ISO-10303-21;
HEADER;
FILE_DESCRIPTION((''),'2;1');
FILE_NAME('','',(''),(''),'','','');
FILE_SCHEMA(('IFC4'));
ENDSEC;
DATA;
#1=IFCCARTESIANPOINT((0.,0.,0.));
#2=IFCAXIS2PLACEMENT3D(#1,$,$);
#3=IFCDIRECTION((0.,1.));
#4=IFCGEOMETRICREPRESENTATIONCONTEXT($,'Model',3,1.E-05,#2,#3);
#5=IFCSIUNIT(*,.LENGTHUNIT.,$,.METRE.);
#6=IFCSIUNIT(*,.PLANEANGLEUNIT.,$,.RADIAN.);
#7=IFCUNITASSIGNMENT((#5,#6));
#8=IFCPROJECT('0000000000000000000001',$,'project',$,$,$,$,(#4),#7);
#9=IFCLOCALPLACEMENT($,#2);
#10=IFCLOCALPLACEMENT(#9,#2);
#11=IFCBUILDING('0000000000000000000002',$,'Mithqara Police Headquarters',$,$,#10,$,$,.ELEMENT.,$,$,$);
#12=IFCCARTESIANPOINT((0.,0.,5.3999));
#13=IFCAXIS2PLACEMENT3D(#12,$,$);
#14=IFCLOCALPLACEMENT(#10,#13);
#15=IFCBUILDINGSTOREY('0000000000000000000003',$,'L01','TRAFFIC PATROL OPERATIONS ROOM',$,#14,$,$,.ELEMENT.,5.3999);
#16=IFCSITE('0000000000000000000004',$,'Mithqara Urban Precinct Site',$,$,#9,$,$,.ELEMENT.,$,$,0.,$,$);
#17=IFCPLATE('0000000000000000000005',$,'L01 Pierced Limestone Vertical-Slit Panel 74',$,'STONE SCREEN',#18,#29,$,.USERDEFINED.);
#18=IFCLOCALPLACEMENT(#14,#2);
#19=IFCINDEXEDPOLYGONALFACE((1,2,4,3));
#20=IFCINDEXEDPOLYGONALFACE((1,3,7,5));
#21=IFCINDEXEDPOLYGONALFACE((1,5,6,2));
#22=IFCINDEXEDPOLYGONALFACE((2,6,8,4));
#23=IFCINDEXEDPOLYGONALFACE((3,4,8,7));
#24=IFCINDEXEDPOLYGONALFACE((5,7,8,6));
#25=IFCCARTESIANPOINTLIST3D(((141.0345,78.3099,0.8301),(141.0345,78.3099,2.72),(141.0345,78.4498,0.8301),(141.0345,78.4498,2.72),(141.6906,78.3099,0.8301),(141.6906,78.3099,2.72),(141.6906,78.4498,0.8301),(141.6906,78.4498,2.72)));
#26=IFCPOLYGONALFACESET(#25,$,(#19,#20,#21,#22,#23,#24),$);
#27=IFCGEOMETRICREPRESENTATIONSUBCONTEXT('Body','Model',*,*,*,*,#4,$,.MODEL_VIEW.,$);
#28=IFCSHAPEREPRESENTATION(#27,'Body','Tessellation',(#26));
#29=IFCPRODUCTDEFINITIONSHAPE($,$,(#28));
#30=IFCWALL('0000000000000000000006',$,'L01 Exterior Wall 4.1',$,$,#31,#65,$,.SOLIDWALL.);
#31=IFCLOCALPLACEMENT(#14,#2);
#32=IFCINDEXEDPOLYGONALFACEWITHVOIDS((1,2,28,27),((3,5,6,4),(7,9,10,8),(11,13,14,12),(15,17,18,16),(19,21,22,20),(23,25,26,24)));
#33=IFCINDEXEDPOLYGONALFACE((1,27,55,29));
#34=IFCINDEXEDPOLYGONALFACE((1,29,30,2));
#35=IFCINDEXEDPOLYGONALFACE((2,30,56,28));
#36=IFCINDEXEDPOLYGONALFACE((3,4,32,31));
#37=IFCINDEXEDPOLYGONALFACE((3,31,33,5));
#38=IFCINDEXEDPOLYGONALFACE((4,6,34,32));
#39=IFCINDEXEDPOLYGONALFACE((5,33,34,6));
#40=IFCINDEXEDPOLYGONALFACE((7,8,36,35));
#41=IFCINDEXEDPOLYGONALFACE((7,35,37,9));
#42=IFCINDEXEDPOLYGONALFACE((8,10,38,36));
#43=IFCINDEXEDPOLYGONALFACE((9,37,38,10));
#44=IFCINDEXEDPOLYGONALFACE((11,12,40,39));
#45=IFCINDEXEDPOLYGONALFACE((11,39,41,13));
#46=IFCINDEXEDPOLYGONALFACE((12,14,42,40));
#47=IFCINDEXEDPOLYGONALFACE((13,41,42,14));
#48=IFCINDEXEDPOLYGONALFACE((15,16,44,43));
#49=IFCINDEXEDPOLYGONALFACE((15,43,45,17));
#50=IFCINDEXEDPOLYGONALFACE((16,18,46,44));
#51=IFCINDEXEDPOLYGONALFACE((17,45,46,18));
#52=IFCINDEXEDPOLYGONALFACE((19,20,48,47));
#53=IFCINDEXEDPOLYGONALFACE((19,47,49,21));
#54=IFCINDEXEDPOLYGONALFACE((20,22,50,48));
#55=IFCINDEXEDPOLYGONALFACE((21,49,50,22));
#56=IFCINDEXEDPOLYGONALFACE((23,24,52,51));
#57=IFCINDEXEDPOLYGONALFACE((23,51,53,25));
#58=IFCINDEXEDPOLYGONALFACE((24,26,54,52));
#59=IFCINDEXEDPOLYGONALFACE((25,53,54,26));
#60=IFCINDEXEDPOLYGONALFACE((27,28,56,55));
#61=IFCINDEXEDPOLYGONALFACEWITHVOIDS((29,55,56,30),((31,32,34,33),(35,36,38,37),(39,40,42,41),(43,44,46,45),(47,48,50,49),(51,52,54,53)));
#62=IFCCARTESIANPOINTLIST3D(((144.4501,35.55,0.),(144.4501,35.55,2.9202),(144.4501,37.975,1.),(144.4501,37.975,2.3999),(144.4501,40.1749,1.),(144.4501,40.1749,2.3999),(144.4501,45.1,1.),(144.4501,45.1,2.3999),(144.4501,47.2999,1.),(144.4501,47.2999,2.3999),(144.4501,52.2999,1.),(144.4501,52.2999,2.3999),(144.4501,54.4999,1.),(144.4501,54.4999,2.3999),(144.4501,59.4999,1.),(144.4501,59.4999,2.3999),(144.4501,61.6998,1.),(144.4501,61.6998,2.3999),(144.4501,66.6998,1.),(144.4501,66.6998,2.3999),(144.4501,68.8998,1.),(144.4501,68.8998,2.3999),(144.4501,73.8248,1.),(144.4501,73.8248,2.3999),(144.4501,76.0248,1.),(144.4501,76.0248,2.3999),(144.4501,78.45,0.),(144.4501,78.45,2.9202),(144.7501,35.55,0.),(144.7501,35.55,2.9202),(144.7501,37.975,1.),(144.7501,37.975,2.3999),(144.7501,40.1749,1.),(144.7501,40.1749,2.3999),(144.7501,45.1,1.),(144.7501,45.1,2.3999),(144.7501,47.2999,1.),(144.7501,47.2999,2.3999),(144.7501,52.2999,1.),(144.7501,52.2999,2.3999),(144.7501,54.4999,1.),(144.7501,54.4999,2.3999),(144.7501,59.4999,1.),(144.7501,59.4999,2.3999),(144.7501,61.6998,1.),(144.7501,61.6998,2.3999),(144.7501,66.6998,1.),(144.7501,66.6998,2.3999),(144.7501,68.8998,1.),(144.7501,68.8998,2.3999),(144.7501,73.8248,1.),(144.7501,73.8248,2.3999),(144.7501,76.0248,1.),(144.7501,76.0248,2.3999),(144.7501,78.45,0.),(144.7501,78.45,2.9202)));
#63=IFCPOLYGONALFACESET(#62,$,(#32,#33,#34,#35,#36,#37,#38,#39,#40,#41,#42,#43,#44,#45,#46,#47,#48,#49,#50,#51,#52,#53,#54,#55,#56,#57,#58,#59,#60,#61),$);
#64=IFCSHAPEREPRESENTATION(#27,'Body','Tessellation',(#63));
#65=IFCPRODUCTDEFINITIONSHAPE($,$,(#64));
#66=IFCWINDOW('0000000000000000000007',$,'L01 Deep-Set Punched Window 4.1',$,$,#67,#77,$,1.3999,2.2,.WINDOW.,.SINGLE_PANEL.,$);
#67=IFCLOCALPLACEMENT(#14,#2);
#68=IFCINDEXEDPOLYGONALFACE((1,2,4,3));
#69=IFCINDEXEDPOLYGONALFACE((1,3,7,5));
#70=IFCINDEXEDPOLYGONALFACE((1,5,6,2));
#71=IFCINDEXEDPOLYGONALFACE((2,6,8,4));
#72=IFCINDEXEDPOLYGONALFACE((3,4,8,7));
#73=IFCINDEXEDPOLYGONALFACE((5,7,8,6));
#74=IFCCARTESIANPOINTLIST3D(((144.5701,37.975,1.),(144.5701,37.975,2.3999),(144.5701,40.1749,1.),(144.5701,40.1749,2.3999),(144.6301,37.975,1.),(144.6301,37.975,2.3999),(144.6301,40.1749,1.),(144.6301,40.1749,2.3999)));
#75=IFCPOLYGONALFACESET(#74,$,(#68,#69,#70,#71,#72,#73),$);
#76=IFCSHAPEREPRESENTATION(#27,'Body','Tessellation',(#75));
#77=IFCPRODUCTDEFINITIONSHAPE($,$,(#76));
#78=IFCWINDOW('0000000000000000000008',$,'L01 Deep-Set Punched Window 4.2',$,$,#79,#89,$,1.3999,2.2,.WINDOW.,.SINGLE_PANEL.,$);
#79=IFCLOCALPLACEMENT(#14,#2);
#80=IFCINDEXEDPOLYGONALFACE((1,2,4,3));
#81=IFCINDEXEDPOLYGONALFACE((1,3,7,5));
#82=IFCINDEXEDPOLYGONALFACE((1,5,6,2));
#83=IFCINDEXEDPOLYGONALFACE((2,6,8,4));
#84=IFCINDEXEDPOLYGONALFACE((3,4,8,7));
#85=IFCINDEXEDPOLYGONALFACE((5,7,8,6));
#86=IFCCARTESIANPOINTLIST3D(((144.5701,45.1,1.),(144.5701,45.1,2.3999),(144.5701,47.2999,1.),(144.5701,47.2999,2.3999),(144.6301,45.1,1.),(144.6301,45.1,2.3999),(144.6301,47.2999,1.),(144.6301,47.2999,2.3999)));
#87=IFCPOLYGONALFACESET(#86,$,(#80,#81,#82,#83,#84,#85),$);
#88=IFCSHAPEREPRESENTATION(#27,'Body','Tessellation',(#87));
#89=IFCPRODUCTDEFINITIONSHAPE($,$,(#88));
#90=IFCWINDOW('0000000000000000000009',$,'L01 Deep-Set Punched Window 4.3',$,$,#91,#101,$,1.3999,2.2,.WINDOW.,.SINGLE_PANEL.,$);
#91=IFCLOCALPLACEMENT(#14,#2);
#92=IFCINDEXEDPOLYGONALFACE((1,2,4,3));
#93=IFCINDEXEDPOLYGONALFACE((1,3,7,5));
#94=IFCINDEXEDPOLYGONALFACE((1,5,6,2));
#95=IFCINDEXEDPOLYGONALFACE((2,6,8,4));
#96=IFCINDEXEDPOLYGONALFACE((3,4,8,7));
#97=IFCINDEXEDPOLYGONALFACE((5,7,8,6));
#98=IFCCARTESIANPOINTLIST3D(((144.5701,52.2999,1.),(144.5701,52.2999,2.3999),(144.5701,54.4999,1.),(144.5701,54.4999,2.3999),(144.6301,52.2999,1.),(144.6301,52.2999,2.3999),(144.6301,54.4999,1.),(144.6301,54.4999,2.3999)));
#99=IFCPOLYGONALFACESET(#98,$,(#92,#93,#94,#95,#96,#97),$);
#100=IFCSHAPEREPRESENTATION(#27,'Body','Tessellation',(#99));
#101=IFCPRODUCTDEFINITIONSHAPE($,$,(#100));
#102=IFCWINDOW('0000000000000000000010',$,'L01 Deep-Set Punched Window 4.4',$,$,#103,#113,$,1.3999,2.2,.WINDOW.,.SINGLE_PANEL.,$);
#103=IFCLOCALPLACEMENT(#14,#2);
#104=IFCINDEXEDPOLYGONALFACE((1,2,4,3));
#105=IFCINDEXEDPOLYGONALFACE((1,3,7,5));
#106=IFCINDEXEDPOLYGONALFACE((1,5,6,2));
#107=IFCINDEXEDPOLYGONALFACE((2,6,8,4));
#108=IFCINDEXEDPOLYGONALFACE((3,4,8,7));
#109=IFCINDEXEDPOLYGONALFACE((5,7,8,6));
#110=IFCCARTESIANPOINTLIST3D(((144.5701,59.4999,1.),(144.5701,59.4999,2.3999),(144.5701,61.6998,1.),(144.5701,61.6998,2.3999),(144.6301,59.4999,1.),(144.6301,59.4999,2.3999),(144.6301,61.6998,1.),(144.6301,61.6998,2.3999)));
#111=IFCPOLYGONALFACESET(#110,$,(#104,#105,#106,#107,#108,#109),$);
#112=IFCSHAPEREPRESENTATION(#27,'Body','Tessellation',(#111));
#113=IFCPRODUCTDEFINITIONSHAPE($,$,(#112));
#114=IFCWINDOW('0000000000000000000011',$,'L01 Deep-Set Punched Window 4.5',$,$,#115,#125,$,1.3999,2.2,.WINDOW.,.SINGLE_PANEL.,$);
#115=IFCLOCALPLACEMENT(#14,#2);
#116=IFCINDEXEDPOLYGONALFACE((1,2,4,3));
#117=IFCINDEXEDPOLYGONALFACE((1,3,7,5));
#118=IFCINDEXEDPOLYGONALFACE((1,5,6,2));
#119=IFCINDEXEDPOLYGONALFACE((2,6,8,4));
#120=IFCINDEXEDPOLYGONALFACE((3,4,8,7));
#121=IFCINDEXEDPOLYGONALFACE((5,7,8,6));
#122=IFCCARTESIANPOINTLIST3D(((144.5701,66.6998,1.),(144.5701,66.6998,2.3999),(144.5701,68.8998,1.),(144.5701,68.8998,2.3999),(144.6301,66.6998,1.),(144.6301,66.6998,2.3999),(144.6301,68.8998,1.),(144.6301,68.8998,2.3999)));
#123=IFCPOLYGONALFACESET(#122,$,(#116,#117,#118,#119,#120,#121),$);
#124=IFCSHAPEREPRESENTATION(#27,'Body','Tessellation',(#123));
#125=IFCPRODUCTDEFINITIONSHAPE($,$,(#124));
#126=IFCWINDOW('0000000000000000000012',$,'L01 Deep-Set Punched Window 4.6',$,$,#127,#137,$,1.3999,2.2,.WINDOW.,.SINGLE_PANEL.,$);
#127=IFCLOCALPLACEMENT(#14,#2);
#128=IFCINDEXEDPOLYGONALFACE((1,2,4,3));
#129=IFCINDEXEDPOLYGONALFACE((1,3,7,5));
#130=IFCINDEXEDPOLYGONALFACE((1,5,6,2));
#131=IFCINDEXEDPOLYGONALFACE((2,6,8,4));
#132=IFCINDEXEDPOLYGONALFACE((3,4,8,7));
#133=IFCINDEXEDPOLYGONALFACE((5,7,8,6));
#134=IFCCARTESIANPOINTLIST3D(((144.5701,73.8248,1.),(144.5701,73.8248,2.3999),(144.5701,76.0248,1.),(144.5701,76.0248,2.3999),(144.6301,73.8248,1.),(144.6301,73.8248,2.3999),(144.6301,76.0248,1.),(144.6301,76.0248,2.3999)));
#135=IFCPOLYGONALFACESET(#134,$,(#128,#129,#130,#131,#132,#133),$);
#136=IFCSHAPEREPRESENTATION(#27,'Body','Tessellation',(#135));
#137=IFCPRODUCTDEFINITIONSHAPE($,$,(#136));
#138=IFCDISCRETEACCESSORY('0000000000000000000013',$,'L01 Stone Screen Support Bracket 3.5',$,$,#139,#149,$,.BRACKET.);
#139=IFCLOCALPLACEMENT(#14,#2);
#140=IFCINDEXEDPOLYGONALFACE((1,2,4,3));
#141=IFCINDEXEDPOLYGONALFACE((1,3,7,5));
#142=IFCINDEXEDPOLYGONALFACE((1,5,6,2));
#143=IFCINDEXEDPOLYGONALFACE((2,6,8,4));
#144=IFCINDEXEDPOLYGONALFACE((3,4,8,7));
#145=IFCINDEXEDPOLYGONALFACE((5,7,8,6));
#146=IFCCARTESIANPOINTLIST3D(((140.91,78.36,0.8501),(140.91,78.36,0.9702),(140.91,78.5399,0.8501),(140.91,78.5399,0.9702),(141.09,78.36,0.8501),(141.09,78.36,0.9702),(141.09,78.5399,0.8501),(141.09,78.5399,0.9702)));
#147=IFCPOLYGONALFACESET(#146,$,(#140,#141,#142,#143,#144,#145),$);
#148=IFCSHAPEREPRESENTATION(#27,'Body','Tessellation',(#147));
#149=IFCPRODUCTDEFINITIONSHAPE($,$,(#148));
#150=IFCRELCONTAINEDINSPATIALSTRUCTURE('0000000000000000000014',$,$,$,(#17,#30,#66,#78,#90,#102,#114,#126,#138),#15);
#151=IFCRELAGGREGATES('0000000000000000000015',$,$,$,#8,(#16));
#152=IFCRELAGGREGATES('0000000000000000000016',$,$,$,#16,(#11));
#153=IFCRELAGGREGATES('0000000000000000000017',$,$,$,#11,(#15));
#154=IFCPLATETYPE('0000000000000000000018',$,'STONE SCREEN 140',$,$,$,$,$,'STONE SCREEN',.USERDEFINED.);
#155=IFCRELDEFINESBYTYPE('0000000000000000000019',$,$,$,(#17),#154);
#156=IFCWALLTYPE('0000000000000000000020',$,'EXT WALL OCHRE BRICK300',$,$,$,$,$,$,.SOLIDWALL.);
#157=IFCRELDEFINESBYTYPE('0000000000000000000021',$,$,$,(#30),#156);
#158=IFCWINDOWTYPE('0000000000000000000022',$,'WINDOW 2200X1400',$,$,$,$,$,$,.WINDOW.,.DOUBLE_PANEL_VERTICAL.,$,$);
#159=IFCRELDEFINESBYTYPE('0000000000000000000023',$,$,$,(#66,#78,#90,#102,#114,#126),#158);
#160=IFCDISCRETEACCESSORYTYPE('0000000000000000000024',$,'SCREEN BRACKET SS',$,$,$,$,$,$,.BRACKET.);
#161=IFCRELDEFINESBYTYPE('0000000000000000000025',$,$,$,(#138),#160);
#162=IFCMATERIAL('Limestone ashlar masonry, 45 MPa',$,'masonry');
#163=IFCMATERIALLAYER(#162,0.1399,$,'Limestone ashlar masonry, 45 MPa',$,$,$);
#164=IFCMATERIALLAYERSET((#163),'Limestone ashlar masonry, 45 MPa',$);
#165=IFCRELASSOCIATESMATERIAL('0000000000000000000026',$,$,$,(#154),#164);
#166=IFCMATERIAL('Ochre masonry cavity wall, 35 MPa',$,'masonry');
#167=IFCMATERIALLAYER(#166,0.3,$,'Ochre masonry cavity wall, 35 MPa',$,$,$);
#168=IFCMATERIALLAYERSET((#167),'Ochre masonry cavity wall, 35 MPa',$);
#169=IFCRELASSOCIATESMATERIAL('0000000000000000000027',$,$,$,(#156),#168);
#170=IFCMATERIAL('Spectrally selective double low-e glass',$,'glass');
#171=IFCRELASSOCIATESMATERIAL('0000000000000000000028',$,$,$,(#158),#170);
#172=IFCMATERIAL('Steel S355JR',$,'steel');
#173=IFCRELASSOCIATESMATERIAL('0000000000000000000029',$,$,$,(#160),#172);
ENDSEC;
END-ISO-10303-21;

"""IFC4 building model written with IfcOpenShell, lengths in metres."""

from ifc_helpers import new_model, si_unit, direction, frame, frame_2d, origin, origin_2d, place, context, subcontext, project, spatial, rectangle, extrude, material, layer, layer_set, type_object, element, fill, save


model = new_model("IFC4")

# Units and contexts
model_context = context("Model", 3, precision=1e-05, world=origin(), true_north=direction((0.0, 1.0)))
body_context = subcontext(model_context, "Body", "Model", "MODEL_VIEW")
ifc_project = project(units=[si_unit("LENGTHUNIT", "METRE"), si_unit("PLANEANGLEUNIT", "RADIAN")], contexts=[model_context])

# Site, building, storey
site_placement = place(None, origin())
site = spatial("IfcSite", under=ifc_project, at=site_placement, Name="Mithqara Urban Precinct Site", CompositionType="ELEMENT", RefElevation=0.0)
building_placement = place(site_placement, origin())
building = spatial("IfcBuilding", under=site, at=building_placement, Name="Mithqara Police Headquarters", CompositionType="ELEMENT")
storey_placement = place(building_placement, frame((0.0, 0.0, 5.3999)))
storey = spatial("IfcBuildingStorey", under=building, at=storey_placement, Name="L01", Description="TRAFFIC PATROL OPERATIONS ROOM", CompositionType="ELEMENT", Elevation=5.3999)

# Shared definitions
ifc_material_1 = material(Name="Steel S355JR", Category="steel")

# Plate
ifc_material_2 = material(Name="Limestone ashlar masonry, 45 MPa", Category="masonry")
ifc_layer_1 = layer(ifc_material_2, 0.1399, Name="Limestone ashlar masonry, 45 MPa")
ifc_layer_set_1 = layer_set([ifc_layer_1], Name="Limestone ashlar masonry, 45 MPa")
plate_type = type_object("IfcPlateType", Name="STONE SCREEN 140", ElementType="STONE SCREEN", PredefinedType="USERDEFINED", material=ifc_layer_set_1)
for number, where, z_axis, x_axis, name in (
    (1, (141.3625, 78.3799, 0.8301), (0.0, 0.0, 1.0), (1.0, 0.0, 0.0), "L01 Pierced Limestone Vertical-Slit Panel 74"),
):
    element("IfcPlate", number, at=place(storey_placement, frame(where, z_axis=z_axis, x_axis=x_axis)), inside=storey, type_object=plate_type, Name=name, ObjectType="STONE SCREEN", PredefinedType="USERDEFINED", context=body_context, shape_type="SweptSolid", body=[
        extrude(rectangle(XDim=0.656, YDim=0.1399, at=origin_2d()), origin(), (0.0, 0.0, 1.0), 1.8899),
    ])

# Wall, openings, windows
ifc_material_3 = material(Name="Ochre masonry cavity wall, 35 MPa", Category="masonry")
ifc_layer_2 = layer(ifc_material_3, 0.3, Name="Ochre masonry cavity wall, 35 MPa")
ifc_layer_set_2 = layer_set([ifc_layer_2], Name="Ochre masonry cavity wall, 35 MPa")
wall_type = type_object("IfcWallType", Name="EXT WALL OCHRE BRICK300", PredefinedType="SOLIDWALL", material=ifc_layer_set_2)
wall_placement = place(storey_placement, frame((144.6001, 78.45, 0.0), z_axis=(0.0, 0.0, 1.0), x_axis=(0.0, -1.0, 0.0)))
wall = element("IfcWall", 2, at=wall_placement, inside=storey, type_object=wall_type, Name="L01 Exterior Wall 4.1", PredefinedType="SOLIDWALL", context=body_context, shape_type="SweptSolid", body=[
    extrude(rectangle(XDim=42.8999, YDim=0.3, at=frame_2d((21.45, 0.0))), origin(), (0.0, 0.0, 1.0), 2.9202),
])
opening_1_placement = place(wall_placement, frame((38.2749, 0.0, 1.0)))
opening_1 = element("IfcOpeningElement", 3, at=opening_1_placement, cuts=wall, PredefinedType="OPENING", context=body_context, shape_type="SweptSolid", body=[
    extrude(rectangle(XDim=2.2, YDim=1.3999, at=frame_2d((1.1001, 0.7))), frame((0.0, 0.1602, 0.0), z_axis=(0.0, -1.0, 0.0), x_axis=(1.0, 0.0, 0.0)), (0.0, 0.0, 1.0), 0.3201),
])
opening_2_placement = place(wall_placement, frame((31.1499, 0.0, 1.0)))
opening_2 = element("IfcOpeningElement", 4, at=opening_2_placement, cuts=wall, PredefinedType="OPENING", context=body_context, shape_type="SweptSolid", body=[
    extrude(rectangle(XDim=2.2, YDim=1.3999, at=frame_2d((1.1001, 0.7))), frame((0.0, 0.1602, 0.0), z_axis=(0.0, -1.0, 0.0), x_axis=(1.0, 0.0, 0.0)), (0.0, 0.0, 1.0), 0.3201),
])
opening_3_placement = place(wall_placement, frame((23.95, 0.0, 1.0)))
opening_3 = element("IfcOpeningElement", 5, at=opening_3_placement, cuts=wall, PredefinedType="OPENING", context=body_context, shape_type="SweptSolid", body=[
    extrude(rectangle(XDim=2.2, YDim=1.3999, at=frame_2d((1.1001, 0.7))), frame((0.0, 0.1602, 0.0), z_axis=(0.0, -1.0, 0.0), x_axis=(1.0, 0.0, 0.0)), (0.0, 0.0, 1.0), 0.3201),
])
opening_4_placement = place(wall_placement, frame((16.75, 0.0, 1.0)))
opening_4 = element("IfcOpeningElement", 6, at=opening_4_placement, cuts=wall, PredefinedType="OPENING", context=body_context, shape_type="SweptSolid", body=[
    extrude(rectangle(XDim=2.2, YDim=1.3999, at=frame_2d((1.1001, 0.7))), frame((0.0, 0.1602, 0.0), z_axis=(0.0, -1.0, 0.0), x_axis=(1.0, 0.0, 0.0)), (0.0, 0.0, 1.0), 0.3201),
])
opening_5_placement = place(wall_placement, frame((9.55, 0.0, 1.0)))
opening_5 = element("IfcOpeningElement", 7, at=opening_5_placement, cuts=wall, PredefinedType="OPENING", context=body_context, shape_type="SweptSolid", body=[
    extrude(rectangle(XDim=2.2, YDim=1.3999, at=frame_2d((1.1001, 0.7))), frame((0.0, 0.1602, 0.0), z_axis=(0.0, -1.0, 0.0), x_axis=(1.0, 0.0, 0.0)), (0.0, 0.0, 1.0), 0.3201),
])
opening_6_placement = place(wall_placement, frame((2.425, 0.0, 1.0)))
opening_6 = element("IfcOpeningElement", 8, at=opening_6_placement, cuts=wall, PredefinedType="OPENING", context=body_context, shape_type="SweptSolid", body=[
    extrude(rectangle(XDim=2.2, YDim=1.3999, at=frame_2d((1.1001, 0.7))), frame((0.0, 0.1602, 0.0), z_axis=(0.0, -1.0, 0.0), x_axis=(1.0, 0.0, 0.0)), (0.0, 0.0, 1.0), 0.3201),
])
ifc_material_4 = material(Name="Spectrally selective double low-e glass", Category="glass")
window_type = type_object("IfcWindowType", Name="WINDOW 2200X1400", PartitioningType="DOUBLE_PANEL_VERTICAL", PredefinedType="WINDOW", material=ifc_material_4)
window_1_placement = place(opening_1_placement, origin())
window_1 = element("IfcWindow", 9, at=window_1_placement, inside=storey, type_object=window_type, Name="L01 Deep-Set Punched Window 4.1", OverallHeight=1.3999, OverallWidth=2.2, PartitioningType="SINGLE_PANEL", PredefinedType="WINDOW", context=body_context, shape_type="SweptSolid", body=[
    extrude(rectangle(XDim=2.2, YDim=1.3999, at=frame_2d((1.1001, 0.7))), frame((0.0, 0.03, 0.0), z_axis=(0.0, -1.0, 0.0), x_axis=(1.0, 0.0, 0.0)), (0.0, 0.0, 1.0), 0.0601),
])
fill(opening_1, window_1)
window_2_placement = place(opening_2_placement, origin())
window_2 = element("IfcWindow", 10, at=window_2_placement, inside=storey, type_object=window_type, Name="L01 Deep-Set Punched Window 4.2", OverallHeight=1.3999, OverallWidth=2.2, PartitioningType="SINGLE_PANEL", PredefinedType="WINDOW", context=body_context, shape_type="SweptSolid", body=[
    extrude(rectangle(XDim=2.2, YDim=1.3999, at=frame_2d((1.1001, 0.7))), frame((0.0, 0.03, 0.0), z_axis=(0.0, -1.0, 0.0), x_axis=(1.0, 0.0, 0.0)), (0.0, 0.0, 1.0), 0.0601),
])
fill(opening_2, window_2)
window_3_placement = place(opening_3_placement, origin())
window_3 = element("IfcWindow", 11, at=window_3_placement, inside=storey, type_object=window_type, Name="L01 Deep-Set Punched Window 4.3", OverallHeight=1.3999, OverallWidth=2.2, PartitioningType="SINGLE_PANEL", PredefinedType="WINDOW", context=body_context, shape_type="SweptSolid", body=[
    extrude(rectangle(XDim=2.2, YDim=1.3999, at=frame_2d((1.1001, 0.7))), frame((0.0, 0.03, 0.0), z_axis=(0.0, -1.0, 0.0), x_axis=(1.0, 0.0, 0.0)), (0.0, 0.0, 1.0), 0.0601),
])
fill(opening_3, window_3)
window_4_placement = place(opening_4_placement, origin())
window_4 = element("IfcWindow", 12, at=window_4_placement, inside=storey, type_object=window_type, Name="L01 Deep-Set Punched Window 4.4", OverallHeight=1.3999, OverallWidth=2.2, PartitioningType="SINGLE_PANEL", PredefinedType="WINDOW", context=body_context, shape_type="SweptSolid", body=[
    extrude(rectangle(XDim=2.2, YDim=1.3999, at=frame_2d((1.1001, 0.7))), frame((0.0, 0.03, 0.0), z_axis=(0.0, -1.0, 0.0), x_axis=(1.0, 0.0, 0.0)), (0.0, 0.0, 1.0), 0.0601),
])
fill(opening_4, window_4)
window_5_placement = place(opening_5_placement, origin())
window_5 = element("IfcWindow", 13, at=window_5_placement, inside=storey, type_object=window_type, Name="L01 Deep-Set Punched Window 4.5", OverallHeight=1.3999, OverallWidth=2.2, PartitioningType="SINGLE_PANEL", PredefinedType="WINDOW", context=body_context, shape_type="SweptSolid", body=[
    extrude(rectangle(XDim=2.2, YDim=1.3999, at=frame_2d((1.1001, 0.7))), frame((0.0, 0.03, 0.0), z_axis=(0.0, -1.0, 0.0), x_axis=(1.0, 0.0, 0.0)), (0.0, 0.0, 1.0), 0.0601),
])
fill(opening_5, window_5)
window_6_placement = place(opening_6_placement, origin())
window_6 = element("IfcWindow", 14, at=window_6_placement, inside=storey, type_object=window_type, Name="L01 Deep-Set Punched Window 4.6", OverallHeight=1.3999, OverallWidth=2.2, PartitioningType="SINGLE_PANEL", PredefinedType="WINDOW", context=body_context, shape_type="SweptSolid", body=[
    extrude(rectangle(XDim=2.2, YDim=1.3999, at=frame_2d((1.1001, 0.7))), frame((0.0, 0.03, 0.0), z_axis=(0.0, -1.0, 0.0), x_axis=(1.0, 0.0, 0.0)), (0.0, 0.0, 1.0), 0.0601),
])
fill(opening_6, window_6)

# Discrete accessory
discrete_accessory_type = type_object("IfcDiscreteAccessoryType", Name="SCREEN BRACKET SS", PredefinedType="BRACKET", material=ifc_material_1)
discrete_accessory_placement = place(storey_placement, frame((141.0, 78.45, 0.8501), z_axis=(0.0, 0.0, 1.0), x_axis=(1.0, 0.0, 0.0)))
element("IfcDiscreteAccessory", 15, at=discrete_accessory_placement, inside=storey, type_object=discrete_accessory_type, Name="L01 Stone Screen Support Bracket 3.5", PredefinedType="BRACKET", context=body_context, shape_type="SweptSolid", body=[
    extrude(rectangle(XDim=0.1799, YDim=0.1799, at=origin_2d()), origin(), (0.0, 0.0, 1.0), 0.1201),
])

save(model, "model.ifc")
